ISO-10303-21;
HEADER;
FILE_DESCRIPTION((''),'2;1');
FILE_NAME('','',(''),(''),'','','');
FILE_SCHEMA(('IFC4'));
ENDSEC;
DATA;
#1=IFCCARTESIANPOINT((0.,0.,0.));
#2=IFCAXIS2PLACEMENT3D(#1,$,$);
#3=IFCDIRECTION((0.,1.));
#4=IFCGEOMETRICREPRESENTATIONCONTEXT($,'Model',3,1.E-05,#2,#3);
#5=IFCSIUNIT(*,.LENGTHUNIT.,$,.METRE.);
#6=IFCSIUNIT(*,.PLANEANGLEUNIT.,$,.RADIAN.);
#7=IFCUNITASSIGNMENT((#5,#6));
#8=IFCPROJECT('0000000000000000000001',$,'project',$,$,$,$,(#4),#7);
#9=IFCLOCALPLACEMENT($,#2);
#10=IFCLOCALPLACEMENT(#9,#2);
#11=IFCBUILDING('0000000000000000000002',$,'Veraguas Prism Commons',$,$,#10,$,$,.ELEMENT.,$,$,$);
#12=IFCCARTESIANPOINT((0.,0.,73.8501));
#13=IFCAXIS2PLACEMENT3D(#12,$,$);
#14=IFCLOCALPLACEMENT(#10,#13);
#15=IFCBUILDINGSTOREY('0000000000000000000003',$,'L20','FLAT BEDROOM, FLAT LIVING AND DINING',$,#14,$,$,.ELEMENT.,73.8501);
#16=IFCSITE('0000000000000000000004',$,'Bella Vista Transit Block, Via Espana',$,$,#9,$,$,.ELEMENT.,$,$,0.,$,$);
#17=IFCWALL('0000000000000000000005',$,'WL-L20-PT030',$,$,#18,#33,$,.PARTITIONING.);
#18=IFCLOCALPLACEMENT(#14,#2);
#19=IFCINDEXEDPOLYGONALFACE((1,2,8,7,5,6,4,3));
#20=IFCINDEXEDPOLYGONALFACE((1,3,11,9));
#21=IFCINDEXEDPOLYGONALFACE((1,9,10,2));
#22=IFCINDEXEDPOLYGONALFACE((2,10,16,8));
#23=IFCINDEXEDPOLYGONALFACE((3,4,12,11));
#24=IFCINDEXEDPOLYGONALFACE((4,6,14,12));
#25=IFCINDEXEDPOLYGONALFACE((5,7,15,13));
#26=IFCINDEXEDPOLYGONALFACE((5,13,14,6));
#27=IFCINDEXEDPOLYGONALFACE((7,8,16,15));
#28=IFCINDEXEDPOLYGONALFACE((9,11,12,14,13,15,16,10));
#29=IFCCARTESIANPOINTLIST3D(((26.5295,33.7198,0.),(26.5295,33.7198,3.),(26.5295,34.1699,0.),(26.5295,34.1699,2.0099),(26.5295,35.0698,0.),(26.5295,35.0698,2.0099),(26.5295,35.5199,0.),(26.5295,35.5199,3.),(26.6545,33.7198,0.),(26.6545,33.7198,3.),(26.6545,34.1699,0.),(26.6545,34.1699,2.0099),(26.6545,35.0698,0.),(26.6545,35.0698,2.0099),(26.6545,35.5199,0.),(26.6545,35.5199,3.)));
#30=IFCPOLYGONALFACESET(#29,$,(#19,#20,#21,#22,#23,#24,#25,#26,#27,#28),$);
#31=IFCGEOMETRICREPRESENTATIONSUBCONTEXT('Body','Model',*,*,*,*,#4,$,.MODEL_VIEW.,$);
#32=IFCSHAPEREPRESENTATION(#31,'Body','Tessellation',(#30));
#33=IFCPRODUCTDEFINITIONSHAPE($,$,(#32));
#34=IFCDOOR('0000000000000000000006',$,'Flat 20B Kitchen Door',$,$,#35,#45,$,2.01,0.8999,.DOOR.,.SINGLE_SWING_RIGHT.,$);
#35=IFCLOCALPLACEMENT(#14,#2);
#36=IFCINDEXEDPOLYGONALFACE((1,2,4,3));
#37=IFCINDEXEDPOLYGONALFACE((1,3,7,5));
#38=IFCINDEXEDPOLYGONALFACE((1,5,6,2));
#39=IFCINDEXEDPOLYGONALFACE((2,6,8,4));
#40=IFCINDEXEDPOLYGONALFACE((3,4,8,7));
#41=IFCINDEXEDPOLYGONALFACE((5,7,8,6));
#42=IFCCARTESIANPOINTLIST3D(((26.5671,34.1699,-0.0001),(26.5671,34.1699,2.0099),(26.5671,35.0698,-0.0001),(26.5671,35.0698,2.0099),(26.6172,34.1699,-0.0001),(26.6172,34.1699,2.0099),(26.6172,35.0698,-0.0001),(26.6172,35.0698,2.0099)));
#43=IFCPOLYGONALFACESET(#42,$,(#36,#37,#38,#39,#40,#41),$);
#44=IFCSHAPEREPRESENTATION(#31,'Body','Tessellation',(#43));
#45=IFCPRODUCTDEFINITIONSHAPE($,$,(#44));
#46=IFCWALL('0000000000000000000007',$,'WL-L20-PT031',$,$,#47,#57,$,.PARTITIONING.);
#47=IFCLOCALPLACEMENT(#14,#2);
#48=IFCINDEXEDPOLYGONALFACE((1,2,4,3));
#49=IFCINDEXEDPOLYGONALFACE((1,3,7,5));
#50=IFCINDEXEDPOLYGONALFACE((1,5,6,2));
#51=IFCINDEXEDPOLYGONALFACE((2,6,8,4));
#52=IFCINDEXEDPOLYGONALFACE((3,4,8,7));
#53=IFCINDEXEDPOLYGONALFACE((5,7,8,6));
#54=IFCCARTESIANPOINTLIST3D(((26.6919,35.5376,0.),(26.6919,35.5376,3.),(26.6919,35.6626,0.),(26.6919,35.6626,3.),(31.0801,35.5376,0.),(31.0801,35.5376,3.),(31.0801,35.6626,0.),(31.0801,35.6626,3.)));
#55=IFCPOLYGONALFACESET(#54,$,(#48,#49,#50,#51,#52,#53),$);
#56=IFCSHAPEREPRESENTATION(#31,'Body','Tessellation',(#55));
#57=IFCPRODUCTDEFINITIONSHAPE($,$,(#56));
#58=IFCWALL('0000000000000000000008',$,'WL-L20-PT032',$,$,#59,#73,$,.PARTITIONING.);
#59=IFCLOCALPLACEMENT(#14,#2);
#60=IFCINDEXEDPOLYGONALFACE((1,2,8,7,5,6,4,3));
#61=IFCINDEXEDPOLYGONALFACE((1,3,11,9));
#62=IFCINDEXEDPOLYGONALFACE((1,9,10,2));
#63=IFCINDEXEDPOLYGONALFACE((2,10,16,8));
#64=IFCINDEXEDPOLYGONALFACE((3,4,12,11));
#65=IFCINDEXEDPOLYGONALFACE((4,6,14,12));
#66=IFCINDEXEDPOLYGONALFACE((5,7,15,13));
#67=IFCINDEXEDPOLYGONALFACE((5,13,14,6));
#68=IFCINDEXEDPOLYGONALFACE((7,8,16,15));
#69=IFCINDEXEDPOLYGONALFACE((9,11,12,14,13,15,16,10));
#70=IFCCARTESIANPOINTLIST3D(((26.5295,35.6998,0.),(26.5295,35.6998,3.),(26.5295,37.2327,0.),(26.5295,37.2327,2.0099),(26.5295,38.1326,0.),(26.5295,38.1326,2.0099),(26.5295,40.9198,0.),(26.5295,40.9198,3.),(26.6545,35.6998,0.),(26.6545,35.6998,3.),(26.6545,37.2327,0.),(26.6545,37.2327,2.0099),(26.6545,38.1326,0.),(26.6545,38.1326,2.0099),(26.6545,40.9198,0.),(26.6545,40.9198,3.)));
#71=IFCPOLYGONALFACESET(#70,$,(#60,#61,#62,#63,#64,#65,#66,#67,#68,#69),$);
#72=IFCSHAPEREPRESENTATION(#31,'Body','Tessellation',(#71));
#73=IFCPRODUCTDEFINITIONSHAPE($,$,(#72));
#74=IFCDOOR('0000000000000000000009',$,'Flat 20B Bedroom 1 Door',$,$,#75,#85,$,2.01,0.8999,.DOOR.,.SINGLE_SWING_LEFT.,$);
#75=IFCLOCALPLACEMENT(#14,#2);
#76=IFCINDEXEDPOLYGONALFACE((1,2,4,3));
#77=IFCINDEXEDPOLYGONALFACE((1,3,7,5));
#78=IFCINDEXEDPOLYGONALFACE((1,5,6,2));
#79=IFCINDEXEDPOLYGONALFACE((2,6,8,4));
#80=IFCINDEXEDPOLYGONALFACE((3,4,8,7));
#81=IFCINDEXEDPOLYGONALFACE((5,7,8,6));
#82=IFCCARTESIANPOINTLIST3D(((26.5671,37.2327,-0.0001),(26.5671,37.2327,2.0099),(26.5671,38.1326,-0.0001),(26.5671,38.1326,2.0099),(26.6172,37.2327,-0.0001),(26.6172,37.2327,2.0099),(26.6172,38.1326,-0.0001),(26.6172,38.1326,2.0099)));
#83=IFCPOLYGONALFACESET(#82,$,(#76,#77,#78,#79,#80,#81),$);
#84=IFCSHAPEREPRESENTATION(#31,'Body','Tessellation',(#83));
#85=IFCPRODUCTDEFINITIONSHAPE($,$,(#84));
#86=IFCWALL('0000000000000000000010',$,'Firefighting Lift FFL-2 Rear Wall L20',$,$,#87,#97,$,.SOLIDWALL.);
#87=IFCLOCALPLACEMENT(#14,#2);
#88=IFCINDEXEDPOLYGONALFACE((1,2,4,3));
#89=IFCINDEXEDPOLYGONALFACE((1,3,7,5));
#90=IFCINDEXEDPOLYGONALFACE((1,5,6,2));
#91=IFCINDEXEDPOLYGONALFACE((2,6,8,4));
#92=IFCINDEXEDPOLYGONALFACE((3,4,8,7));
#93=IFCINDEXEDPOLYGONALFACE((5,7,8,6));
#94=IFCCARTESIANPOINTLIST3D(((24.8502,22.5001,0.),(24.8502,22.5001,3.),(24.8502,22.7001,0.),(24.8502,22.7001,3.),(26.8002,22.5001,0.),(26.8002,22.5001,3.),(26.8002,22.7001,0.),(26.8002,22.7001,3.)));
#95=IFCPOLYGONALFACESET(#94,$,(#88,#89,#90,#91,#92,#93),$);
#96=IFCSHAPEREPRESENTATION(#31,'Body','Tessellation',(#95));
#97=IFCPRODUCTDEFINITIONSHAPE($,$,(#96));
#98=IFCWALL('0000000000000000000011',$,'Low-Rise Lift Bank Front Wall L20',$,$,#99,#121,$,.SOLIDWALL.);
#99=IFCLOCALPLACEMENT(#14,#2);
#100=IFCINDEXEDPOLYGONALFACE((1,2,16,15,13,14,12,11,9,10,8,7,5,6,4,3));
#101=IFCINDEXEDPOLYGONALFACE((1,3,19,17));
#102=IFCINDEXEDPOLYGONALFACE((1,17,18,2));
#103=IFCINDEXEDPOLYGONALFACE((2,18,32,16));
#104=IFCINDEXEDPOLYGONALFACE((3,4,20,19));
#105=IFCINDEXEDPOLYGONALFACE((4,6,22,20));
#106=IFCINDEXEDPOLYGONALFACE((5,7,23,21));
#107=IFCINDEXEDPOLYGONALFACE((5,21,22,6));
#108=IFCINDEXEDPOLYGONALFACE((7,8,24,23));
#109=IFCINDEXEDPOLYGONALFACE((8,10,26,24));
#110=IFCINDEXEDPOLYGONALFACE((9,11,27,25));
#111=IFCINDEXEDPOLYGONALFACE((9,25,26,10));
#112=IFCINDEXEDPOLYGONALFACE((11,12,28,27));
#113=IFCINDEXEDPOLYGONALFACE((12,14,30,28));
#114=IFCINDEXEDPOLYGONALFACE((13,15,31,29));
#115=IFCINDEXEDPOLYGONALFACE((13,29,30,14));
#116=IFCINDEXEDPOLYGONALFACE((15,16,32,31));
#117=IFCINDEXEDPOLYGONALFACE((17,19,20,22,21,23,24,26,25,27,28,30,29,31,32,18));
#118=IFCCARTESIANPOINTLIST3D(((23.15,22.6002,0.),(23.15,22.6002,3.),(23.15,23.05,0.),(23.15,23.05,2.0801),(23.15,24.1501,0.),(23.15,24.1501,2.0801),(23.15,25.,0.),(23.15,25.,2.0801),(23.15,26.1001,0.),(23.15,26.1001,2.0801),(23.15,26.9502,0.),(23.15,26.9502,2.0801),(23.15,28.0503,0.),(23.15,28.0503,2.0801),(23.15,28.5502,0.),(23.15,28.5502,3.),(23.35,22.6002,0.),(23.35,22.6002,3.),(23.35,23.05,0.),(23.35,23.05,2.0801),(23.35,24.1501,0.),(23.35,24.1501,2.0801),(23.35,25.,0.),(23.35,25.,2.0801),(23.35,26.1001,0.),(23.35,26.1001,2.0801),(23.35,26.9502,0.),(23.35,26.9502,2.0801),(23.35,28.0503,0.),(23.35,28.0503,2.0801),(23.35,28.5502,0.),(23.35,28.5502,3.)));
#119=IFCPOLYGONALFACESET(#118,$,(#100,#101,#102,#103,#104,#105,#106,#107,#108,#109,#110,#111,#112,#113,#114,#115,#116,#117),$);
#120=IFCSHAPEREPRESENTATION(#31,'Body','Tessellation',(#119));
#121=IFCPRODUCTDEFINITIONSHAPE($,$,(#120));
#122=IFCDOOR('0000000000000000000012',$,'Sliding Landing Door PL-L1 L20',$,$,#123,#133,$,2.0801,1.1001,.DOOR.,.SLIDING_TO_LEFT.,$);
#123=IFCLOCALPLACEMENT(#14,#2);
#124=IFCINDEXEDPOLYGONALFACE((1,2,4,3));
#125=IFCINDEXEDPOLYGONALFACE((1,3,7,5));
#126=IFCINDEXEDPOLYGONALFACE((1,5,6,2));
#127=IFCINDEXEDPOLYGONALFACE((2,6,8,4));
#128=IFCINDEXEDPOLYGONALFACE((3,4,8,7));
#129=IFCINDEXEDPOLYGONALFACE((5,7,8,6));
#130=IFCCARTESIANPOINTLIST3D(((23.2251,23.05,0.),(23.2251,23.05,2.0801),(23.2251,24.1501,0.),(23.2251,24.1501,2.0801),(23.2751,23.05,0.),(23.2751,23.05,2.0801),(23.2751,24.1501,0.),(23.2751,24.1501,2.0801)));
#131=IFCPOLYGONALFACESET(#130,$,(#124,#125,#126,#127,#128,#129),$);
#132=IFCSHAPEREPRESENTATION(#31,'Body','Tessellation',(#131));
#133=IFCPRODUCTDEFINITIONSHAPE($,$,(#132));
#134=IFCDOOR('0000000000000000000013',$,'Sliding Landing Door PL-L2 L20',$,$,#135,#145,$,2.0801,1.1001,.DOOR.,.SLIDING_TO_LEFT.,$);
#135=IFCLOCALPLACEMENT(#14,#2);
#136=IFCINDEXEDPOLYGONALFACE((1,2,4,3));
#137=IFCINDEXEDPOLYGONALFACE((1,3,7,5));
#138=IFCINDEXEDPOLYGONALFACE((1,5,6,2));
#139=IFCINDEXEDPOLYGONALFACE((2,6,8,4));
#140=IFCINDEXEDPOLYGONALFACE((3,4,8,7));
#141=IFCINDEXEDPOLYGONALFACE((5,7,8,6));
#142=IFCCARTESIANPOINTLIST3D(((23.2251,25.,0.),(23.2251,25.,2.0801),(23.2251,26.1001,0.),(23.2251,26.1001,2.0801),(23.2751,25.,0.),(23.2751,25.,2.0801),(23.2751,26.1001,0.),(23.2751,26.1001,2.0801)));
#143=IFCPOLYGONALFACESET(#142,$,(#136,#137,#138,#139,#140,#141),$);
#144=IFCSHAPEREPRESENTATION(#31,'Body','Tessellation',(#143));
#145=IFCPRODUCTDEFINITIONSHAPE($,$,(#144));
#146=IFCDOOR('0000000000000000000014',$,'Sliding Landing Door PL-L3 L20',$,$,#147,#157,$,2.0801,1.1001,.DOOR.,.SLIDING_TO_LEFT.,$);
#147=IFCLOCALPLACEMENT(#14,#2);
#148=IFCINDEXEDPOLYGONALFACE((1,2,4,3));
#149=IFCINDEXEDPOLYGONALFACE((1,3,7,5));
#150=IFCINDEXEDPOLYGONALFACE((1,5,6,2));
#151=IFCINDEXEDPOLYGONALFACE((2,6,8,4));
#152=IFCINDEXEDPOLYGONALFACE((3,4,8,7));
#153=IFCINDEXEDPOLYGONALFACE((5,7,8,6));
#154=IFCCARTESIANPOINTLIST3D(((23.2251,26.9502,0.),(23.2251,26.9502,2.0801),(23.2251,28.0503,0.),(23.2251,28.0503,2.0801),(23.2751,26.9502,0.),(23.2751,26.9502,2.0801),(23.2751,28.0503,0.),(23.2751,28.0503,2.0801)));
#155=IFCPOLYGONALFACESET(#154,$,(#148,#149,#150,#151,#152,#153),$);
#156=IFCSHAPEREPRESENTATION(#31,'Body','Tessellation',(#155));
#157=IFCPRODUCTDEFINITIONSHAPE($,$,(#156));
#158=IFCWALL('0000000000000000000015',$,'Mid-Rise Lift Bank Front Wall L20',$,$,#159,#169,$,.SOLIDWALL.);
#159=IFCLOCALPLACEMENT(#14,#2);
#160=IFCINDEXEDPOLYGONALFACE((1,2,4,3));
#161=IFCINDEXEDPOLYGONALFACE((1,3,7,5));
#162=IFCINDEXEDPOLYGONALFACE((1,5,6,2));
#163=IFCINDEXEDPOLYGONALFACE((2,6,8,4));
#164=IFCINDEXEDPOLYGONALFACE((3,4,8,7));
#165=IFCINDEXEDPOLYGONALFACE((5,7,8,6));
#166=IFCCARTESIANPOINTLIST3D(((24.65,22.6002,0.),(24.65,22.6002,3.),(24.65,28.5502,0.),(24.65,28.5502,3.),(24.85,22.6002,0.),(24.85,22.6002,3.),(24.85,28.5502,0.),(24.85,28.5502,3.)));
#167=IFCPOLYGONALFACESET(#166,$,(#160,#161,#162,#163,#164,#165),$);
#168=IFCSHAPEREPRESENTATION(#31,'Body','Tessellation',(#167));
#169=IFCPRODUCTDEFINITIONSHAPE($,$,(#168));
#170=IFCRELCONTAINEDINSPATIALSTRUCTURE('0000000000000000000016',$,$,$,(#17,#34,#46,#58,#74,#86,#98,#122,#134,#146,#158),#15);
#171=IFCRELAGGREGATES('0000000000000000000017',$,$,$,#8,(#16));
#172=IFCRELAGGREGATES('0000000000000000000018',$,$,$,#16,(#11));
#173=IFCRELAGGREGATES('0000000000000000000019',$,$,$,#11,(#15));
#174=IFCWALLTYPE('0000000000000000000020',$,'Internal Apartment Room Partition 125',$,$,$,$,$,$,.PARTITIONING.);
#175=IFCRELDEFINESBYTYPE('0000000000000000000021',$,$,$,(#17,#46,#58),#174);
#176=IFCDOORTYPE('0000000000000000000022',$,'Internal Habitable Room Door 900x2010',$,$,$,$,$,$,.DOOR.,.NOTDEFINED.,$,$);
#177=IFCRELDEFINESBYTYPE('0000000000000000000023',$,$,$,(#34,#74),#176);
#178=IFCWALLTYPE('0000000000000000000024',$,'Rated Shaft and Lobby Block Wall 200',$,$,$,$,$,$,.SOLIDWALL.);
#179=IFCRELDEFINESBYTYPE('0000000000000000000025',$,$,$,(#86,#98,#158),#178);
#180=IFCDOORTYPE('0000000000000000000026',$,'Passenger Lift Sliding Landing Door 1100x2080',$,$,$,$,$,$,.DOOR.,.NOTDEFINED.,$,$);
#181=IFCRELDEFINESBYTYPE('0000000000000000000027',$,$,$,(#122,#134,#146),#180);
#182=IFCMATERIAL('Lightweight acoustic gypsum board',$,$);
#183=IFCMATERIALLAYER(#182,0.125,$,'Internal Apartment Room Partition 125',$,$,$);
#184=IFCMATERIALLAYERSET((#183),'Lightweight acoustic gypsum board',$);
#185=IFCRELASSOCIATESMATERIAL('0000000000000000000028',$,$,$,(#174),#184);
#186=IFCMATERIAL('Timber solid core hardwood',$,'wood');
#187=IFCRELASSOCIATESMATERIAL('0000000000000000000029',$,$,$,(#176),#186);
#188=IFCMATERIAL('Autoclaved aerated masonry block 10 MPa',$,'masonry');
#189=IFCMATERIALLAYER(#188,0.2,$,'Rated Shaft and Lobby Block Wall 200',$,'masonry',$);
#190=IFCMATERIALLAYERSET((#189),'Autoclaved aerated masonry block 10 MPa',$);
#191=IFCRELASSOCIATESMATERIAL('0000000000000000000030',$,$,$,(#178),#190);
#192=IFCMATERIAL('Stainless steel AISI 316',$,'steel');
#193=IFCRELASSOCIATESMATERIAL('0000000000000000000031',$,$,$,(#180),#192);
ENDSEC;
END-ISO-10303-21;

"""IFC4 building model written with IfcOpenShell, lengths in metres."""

from ifc_helpers import new_model, si_unit, direction, frame, frame_2d, origin, place, context, subcontext, project, spatial, rectangle, extrude, source, transform, mapped, material, layer, layer_set, type_object, element, fill, save


model = new_model("IFC4")

# Units and contexts
model_context = context("Model", 3, precision=1e-05, world=origin(), true_north=direction((0.0, 1.0)))
body_context = subcontext(model_context, "Body", "Model", "MODEL_VIEW")
ifc_project = project(units=[si_unit("LENGTHUNIT", "METRE"), si_unit("PLANEANGLEUNIT", "RADIAN")], contexts=[model_context])

# Site, building, storey
site_placement = place(None, origin())
site = spatial("IfcSite", under=ifc_project, at=site_placement, Name="Bella Vista Transit Block, Via Espana", CompositionType="ELEMENT", RefElevation=0.0)
building_placement = place(site_placement, origin())
building = spatial("IfcBuilding", under=site, at=building_placement, Name="Veraguas Prism Commons", CompositionType="ELEMENT")
storey_placement = place(building_placement, frame((0.0, 0.0, 73.8501)))
storey = spatial("IfcBuildingStorey", under=building, at=storey_placement, Name="L20", Description="FLAT BEDROOM, FLAT LIVING AND DINING", CompositionType="ELEMENT", Elevation=73.8501)

# Wall, opening, door
ifc_material_1 = material(Name="Autoclaved aerated masonry block 10 MPa", Category="masonry")
ifc_material_2 = material(Name="Lightweight acoustic gypsum board")
ifc_layer_1 = layer(ifc_material_2, 0.125, Name="Internal Apartment Room Partition 125")
ifc_layer_set_1 = layer_set([ifc_layer_1], Name="Lightweight acoustic gypsum board")
wall_type_1 = type_object("IfcWallType", Name="Internal Apartment Room Partition 125", PredefinedType="PARTITIONING", material=ifc_layer_set_1)
wall_1_placement = place(storey_placement, frame((26.592, 33.72, 0.0), z_axis=(0.0, 0.0, 1.0), x_axis=(0.0, 1.0, 0.0)))
wall_1 = element("IfcWall", 1, at=wall_1_placement, inside=storey, type_object=wall_type_1, Name="WL-L20-PT030", PredefinedType="PARTITIONING", context=body_context, shape_type="SweptSolid", body=[
    extrude(rectangle(XDim=1.8, YDim=0.125, at=frame_2d((0.8999, 0.0))), origin(), (0.0, 0.0, 1.0), 3.0),
])
opening_1_placement = place(wall_1_placement, frame((0.45, 0.0, 0.0)))
opening_1 = element("IfcOpeningElement", 2, at=opening_1_placement, cuts=wall_1, PredefinedType="OPENING", context=body_context, shape_type="SweptSolid", body=[
    extrude(rectangle(XDim=0.8999, YDim=2.01, at=frame_2d((0.45, 1.0049))), frame((0.0, 0.0725, 0.0), z_axis=(0.0, -1.0, 0.0), x_axis=(1.0, 0.0, 0.0)), (0.0, 0.0, 1.0), 0.145),
])
ifc_material_3 = material(Name="Timber solid core hardwood", Category="wood")
door_type_1 = type_object("IfcDoorType", Name="Internal Habitable Room Door 900x2010", OperationType="NOTDEFINED", PredefinedType="DOOR", material=ifc_material_3)
shared_shape_1 = source(origin(), body_context, "Body", "SweptSolid", [
    extrude(rectangle(XDim=0.8999, YDim=2.01, at=frame_2d((0.45, 1.0049))), frame((0.0, 0.0249, 0.0), z_axis=(0.0, -1.0, 0.0), x_axis=(1.0, 0.0, 0.0)), (0.0, 0.0, 1.0), 0.05),
])
door_1_placement = place(opening_1_placement, origin())
door_1 = element("IfcDoor", 3, at=door_1_placement, inside=storey, type_object=door_type_1, Name="Flat 20B Kitchen Door", OperationType="SINGLE_SWING_RIGHT", OverallHeight=2.01, OverallWidth=0.8999, PredefinedType="DOOR", context=body_context, shape_type="MappedRepresentation", body=[
    mapped(shared_shape_1, transform((0.0, 0.0, 0.0), scale=1.0)),
])
fill(opening_1, door_1)

# Wall
wall_2_placement = place(storey_placement, frame((26.6919, 35.6001, 0.0), z_axis=(0.0, 0.0, 1.0), x_axis=(1.0, 0.0, 0.0)))
element("IfcWall", 4, at=wall_2_placement, inside=storey, type_object=wall_type_1, Name="WL-L20-PT031", PredefinedType="PARTITIONING", context=body_context, shape_type="SweptSolid", body=[
    extrude(rectangle(XDim=4.3882, YDim=0.125, at=frame_2d((2.1941, 0.0))), origin(), (0.0, 0.0, 1.0), 3.0),
])

# Wall, opening, door
wall_3_placement = place(storey_placement, frame((26.592, 35.7, 0.0), z_axis=(0.0, 0.0, 1.0), x_axis=(0.0, 1.0, 0.0)))
wall_3 = element("IfcWall", 5, at=wall_3_placement, inside=storey, type_object=wall_type_1, Name="WL-L20-PT032", PredefinedType="PARTITIONING", context=body_context, shape_type="SweptSolid", body=[
    extrude(rectangle(XDim=5.22, YDim=0.125, at=frame_2d((2.6099, 0.0))), origin(), (0.0, 0.0, 1.0), 3.0),
])
opening_2_placement = place(wall_3_placement, frame((1.5327, 0.0, 0.0)))
opening_2 = element("IfcOpeningElement", 6, at=opening_2_placement, cuts=wall_3, PredefinedType="OPENING", context=body_context, shape_type="SweptSolid", body=[
    extrude(rectangle(XDim=0.8999, YDim=2.01, at=frame_2d((0.45, 1.0049))), frame((0.0, 0.0725, 0.0), z_axis=(0.0, -1.0, 0.0), x_axis=(1.0, 0.0, 0.0)), (0.0, 0.0, 1.0), 0.145),
])
door_2_placement = place(opening_2_placement, origin())
door_2 = element("IfcDoor", 7, at=door_2_placement, inside=storey, type_object=door_type_1, Name="Flat 20B Bedroom 1 Door", OperationType="SINGLE_SWING_LEFT", OverallHeight=2.01, OverallWidth=0.8999, PredefinedType="DOOR", context=body_context, shape_type="MappedRepresentation", body=[
    mapped(shared_shape_1, transform((0.0, 0.0, 0.0), scale=1.0)),
])
fill(opening_2, door_2)

# Wall
ifc_layer_2 = layer(ifc_material_1, 0.2, Name="Rated Shaft and Lobby Block Wall 200", Category="masonry")
ifc_layer_set_2 = layer_set([ifc_layer_2], Name="Autoclaved aerated masonry block 10 MPa")
wall_type_2 = type_object("IfcWallType", Name="Rated Shaft and Lobby Block Wall 200", PredefinedType="SOLIDWALL", material=ifc_layer_set_2)
wall_4_placement = place(storey_placement, frame((24.8501, 22.6001, 0.0), z_axis=(0.0, 0.0, 1.0), x_axis=(1.0, 0.0, 0.0)))
element("IfcWall", 8, at=wall_4_placement, inside=storey, type_object=wall_type_2, Name="Firefighting Lift FFL-2 Rear Wall L20", PredefinedType="SOLIDWALL", context=body_context, shape_type="SweptSolid", body=[
    extrude(rectangle(XDim=1.95, YDim=0.2, at=frame_2d((0.9751, 0.0))), origin(), (0.0, 0.0, 1.0), 3.0),
])

# Wall, openings, doors
wall_5_placement = place(storey_placement, frame((23.25, 22.6001, 0.0), z_axis=(0.0, 0.0, 1.0), x_axis=(0.0, 1.0, 0.0)))
wall_5 = element("IfcWall", 9, at=wall_5_placement, inside=storey, type_object=wall_type_2, Name="Low-Rise Lift Bank Front Wall L20", PredefinedType="SOLIDWALL", context=body_context, shape_type="SweptSolid", body=[
    extrude(rectangle(XDim=5.95, YDim=0.2, at=frame_2d((2.9751, 0.0))), origin(), (0.0, 0.0, 1.0), 3.0),
])
opening_3_placement = place(wall_5_placement, frame((0.45, 0.0, 0.0)))
opening_3 = element("IfcOpeningElement", 10, at=opening_3_placement, cuts=wall_5, PredefinedType="OPENING", context=body_context, shape_type="SweptSolid", body=[
    extrude(rectangle(XDim=1.1001, YDim=2.0801, at=frame_2d((0.55, 1.04))), frame((0.0, 0.1099, 0.0), z_axis=(0.0, -1.0, 0.0), x_axis=(1.0, 0.0, 0.0)), (0.0, 0.0, 1.0), 0.22),
])
opening_4_placement = place(wall_5_placement, frame((2.3999, 0.0, 0.0)))
opening_4 = element("IfcOpeningElement", 11, at=opening_4_placement, cuts=wall_5, PredefinedType="OPENING", context=body_context, shape_type="SweptSolid", body=[
    extrude(rectangle(XDim=1.1001, YDim=2.0801, at=frame_2d((0.55, 1.04))), frame((0.0, 0.1099, 0.0), z_axis=(0.0, -1.0, 0.0), x_axis=(1.0, 0.0, 0.0)), (0.0, 0.0, 1.0), 0.22),
])
opening_5_placement = place(wall_5_placement, frame((4.3501, 0.0, 0.0)))
opening_5 = element("IfcOpeningElement", 12, at=opening_5_placement, cuts=wall_5, PredefinedType="OPENING", context=body_context, shape_type="SweptSolid", body=[
    extrude(rectangle(XDim=1.1001, YDim=2.0801, at=frame_2d((0.55, 1.04))), frame((0.0, 0.1099, 0.0), z_axis=(0.0, -1.0, 0.0), x_axis=(1.0, 0.0, 0.0)), (0.0, 0.0, 1.0), 0.22),
])
ifc_material_4 = material(Name="Stainless steel AISI 316", Category="steel")
door_type_2 = type_object("IfcDoorType", Name="Passenger Lift Sliding Landing Door 1100x2080", OperationType="NOTDEFINED", PredefinedType="DOOR", material=ifc_material_4)
shared_shape_2 = source(origin(), body_context, "Body", "SweptSolid", [
    extrude(rectangle(XDim=1.1001, YDim=2.0801, at=frame_2d((0.55, 1.04))), frame((0.0, 0.0249, 0.0), z_axis=(0.0, -1.0, 0.0), x_axis=(1.0, 0.0, 0.0)), (0.0, 0.0, 1.0), 0.05),
])
door_3_placement = place(opening_3_placement, origin())
door_3 = element("IfcDoor", 13, at=door_3_placement, inside=storey, type_object=door_type_2, Name="Sliding Landing Door PL-L1 L20", OperationType="SLIDING_TO_LEFT", OverallHeight=2.0801, OverallWidth=1.1001, PredefinedType="DOOR", context=body_context, shape_type="MappedRepresentation", body=[
    mapped(shared_shape_2, transform((0.0, 0.0, 0.0), scale=1.0)),
])
fill(opening_3, door_3)
door_4_placement = place(opening_4_placement, origin())
door_4 = element("IfcDoor", 14, at=door_4_placement, inside=storey, type_object=door_type_2, Name="Sliding Landing Door PL-L2 L20", OperationType="SLIDING_TO_LEFT", OverallHeight=2.0801, OverallWidth=1.1001, PredefinedType="DOOR", context=body_context, shape_type="MappedRepresentation", body=[
    mapped(shared_shape_2, transform((0.0, 0.0, 0.0), scale=1.0)),
])
fill(opening_4, door_4)
door_5_placement = place(opening_5_placement, origin())
door_5 = element("IfcDoor", 15, at=door_5_placement, inside=storey, type_object=door_type_2, Name="Sliding Landing Door PL-L3 L20", OperationType="SLIDING_TO_LEFT", OverallHeight=2.0801, OverallWidth=1.1001, PredefinedType="DOOR", context=body_context, shape_type="MappedRepresentation", body=[
    mapped(shared_shape_2, transform((0.0, 0.0, 0.0), scale=1.0)),
])
fill(opening_5, door_5)

# Wall
wall_6_placement = place(storey_placement, frame((24.75, 22.6001, 0.0), z_axis=(0.0, 0.0, 1.0), x_axis=(0.0, 1.0, 0.0)))
element("IfcWall", 16, at=wall_6_placement, inside=storey, type_object=wall_type_2, Name="Mid-Rise Lift Bank Front Wall L20", PredefinedType="SOLIDWALL", context=body_context, shape_type="SweptSolid", body=[
    extrude(rectangle(XDim=5.95, YDim=0.2, at=frame_2d((2.9751, 0.0))), origin(), (0.0, 0.0, 1.0), 3.0),
])

save(model, "model.ifc")
